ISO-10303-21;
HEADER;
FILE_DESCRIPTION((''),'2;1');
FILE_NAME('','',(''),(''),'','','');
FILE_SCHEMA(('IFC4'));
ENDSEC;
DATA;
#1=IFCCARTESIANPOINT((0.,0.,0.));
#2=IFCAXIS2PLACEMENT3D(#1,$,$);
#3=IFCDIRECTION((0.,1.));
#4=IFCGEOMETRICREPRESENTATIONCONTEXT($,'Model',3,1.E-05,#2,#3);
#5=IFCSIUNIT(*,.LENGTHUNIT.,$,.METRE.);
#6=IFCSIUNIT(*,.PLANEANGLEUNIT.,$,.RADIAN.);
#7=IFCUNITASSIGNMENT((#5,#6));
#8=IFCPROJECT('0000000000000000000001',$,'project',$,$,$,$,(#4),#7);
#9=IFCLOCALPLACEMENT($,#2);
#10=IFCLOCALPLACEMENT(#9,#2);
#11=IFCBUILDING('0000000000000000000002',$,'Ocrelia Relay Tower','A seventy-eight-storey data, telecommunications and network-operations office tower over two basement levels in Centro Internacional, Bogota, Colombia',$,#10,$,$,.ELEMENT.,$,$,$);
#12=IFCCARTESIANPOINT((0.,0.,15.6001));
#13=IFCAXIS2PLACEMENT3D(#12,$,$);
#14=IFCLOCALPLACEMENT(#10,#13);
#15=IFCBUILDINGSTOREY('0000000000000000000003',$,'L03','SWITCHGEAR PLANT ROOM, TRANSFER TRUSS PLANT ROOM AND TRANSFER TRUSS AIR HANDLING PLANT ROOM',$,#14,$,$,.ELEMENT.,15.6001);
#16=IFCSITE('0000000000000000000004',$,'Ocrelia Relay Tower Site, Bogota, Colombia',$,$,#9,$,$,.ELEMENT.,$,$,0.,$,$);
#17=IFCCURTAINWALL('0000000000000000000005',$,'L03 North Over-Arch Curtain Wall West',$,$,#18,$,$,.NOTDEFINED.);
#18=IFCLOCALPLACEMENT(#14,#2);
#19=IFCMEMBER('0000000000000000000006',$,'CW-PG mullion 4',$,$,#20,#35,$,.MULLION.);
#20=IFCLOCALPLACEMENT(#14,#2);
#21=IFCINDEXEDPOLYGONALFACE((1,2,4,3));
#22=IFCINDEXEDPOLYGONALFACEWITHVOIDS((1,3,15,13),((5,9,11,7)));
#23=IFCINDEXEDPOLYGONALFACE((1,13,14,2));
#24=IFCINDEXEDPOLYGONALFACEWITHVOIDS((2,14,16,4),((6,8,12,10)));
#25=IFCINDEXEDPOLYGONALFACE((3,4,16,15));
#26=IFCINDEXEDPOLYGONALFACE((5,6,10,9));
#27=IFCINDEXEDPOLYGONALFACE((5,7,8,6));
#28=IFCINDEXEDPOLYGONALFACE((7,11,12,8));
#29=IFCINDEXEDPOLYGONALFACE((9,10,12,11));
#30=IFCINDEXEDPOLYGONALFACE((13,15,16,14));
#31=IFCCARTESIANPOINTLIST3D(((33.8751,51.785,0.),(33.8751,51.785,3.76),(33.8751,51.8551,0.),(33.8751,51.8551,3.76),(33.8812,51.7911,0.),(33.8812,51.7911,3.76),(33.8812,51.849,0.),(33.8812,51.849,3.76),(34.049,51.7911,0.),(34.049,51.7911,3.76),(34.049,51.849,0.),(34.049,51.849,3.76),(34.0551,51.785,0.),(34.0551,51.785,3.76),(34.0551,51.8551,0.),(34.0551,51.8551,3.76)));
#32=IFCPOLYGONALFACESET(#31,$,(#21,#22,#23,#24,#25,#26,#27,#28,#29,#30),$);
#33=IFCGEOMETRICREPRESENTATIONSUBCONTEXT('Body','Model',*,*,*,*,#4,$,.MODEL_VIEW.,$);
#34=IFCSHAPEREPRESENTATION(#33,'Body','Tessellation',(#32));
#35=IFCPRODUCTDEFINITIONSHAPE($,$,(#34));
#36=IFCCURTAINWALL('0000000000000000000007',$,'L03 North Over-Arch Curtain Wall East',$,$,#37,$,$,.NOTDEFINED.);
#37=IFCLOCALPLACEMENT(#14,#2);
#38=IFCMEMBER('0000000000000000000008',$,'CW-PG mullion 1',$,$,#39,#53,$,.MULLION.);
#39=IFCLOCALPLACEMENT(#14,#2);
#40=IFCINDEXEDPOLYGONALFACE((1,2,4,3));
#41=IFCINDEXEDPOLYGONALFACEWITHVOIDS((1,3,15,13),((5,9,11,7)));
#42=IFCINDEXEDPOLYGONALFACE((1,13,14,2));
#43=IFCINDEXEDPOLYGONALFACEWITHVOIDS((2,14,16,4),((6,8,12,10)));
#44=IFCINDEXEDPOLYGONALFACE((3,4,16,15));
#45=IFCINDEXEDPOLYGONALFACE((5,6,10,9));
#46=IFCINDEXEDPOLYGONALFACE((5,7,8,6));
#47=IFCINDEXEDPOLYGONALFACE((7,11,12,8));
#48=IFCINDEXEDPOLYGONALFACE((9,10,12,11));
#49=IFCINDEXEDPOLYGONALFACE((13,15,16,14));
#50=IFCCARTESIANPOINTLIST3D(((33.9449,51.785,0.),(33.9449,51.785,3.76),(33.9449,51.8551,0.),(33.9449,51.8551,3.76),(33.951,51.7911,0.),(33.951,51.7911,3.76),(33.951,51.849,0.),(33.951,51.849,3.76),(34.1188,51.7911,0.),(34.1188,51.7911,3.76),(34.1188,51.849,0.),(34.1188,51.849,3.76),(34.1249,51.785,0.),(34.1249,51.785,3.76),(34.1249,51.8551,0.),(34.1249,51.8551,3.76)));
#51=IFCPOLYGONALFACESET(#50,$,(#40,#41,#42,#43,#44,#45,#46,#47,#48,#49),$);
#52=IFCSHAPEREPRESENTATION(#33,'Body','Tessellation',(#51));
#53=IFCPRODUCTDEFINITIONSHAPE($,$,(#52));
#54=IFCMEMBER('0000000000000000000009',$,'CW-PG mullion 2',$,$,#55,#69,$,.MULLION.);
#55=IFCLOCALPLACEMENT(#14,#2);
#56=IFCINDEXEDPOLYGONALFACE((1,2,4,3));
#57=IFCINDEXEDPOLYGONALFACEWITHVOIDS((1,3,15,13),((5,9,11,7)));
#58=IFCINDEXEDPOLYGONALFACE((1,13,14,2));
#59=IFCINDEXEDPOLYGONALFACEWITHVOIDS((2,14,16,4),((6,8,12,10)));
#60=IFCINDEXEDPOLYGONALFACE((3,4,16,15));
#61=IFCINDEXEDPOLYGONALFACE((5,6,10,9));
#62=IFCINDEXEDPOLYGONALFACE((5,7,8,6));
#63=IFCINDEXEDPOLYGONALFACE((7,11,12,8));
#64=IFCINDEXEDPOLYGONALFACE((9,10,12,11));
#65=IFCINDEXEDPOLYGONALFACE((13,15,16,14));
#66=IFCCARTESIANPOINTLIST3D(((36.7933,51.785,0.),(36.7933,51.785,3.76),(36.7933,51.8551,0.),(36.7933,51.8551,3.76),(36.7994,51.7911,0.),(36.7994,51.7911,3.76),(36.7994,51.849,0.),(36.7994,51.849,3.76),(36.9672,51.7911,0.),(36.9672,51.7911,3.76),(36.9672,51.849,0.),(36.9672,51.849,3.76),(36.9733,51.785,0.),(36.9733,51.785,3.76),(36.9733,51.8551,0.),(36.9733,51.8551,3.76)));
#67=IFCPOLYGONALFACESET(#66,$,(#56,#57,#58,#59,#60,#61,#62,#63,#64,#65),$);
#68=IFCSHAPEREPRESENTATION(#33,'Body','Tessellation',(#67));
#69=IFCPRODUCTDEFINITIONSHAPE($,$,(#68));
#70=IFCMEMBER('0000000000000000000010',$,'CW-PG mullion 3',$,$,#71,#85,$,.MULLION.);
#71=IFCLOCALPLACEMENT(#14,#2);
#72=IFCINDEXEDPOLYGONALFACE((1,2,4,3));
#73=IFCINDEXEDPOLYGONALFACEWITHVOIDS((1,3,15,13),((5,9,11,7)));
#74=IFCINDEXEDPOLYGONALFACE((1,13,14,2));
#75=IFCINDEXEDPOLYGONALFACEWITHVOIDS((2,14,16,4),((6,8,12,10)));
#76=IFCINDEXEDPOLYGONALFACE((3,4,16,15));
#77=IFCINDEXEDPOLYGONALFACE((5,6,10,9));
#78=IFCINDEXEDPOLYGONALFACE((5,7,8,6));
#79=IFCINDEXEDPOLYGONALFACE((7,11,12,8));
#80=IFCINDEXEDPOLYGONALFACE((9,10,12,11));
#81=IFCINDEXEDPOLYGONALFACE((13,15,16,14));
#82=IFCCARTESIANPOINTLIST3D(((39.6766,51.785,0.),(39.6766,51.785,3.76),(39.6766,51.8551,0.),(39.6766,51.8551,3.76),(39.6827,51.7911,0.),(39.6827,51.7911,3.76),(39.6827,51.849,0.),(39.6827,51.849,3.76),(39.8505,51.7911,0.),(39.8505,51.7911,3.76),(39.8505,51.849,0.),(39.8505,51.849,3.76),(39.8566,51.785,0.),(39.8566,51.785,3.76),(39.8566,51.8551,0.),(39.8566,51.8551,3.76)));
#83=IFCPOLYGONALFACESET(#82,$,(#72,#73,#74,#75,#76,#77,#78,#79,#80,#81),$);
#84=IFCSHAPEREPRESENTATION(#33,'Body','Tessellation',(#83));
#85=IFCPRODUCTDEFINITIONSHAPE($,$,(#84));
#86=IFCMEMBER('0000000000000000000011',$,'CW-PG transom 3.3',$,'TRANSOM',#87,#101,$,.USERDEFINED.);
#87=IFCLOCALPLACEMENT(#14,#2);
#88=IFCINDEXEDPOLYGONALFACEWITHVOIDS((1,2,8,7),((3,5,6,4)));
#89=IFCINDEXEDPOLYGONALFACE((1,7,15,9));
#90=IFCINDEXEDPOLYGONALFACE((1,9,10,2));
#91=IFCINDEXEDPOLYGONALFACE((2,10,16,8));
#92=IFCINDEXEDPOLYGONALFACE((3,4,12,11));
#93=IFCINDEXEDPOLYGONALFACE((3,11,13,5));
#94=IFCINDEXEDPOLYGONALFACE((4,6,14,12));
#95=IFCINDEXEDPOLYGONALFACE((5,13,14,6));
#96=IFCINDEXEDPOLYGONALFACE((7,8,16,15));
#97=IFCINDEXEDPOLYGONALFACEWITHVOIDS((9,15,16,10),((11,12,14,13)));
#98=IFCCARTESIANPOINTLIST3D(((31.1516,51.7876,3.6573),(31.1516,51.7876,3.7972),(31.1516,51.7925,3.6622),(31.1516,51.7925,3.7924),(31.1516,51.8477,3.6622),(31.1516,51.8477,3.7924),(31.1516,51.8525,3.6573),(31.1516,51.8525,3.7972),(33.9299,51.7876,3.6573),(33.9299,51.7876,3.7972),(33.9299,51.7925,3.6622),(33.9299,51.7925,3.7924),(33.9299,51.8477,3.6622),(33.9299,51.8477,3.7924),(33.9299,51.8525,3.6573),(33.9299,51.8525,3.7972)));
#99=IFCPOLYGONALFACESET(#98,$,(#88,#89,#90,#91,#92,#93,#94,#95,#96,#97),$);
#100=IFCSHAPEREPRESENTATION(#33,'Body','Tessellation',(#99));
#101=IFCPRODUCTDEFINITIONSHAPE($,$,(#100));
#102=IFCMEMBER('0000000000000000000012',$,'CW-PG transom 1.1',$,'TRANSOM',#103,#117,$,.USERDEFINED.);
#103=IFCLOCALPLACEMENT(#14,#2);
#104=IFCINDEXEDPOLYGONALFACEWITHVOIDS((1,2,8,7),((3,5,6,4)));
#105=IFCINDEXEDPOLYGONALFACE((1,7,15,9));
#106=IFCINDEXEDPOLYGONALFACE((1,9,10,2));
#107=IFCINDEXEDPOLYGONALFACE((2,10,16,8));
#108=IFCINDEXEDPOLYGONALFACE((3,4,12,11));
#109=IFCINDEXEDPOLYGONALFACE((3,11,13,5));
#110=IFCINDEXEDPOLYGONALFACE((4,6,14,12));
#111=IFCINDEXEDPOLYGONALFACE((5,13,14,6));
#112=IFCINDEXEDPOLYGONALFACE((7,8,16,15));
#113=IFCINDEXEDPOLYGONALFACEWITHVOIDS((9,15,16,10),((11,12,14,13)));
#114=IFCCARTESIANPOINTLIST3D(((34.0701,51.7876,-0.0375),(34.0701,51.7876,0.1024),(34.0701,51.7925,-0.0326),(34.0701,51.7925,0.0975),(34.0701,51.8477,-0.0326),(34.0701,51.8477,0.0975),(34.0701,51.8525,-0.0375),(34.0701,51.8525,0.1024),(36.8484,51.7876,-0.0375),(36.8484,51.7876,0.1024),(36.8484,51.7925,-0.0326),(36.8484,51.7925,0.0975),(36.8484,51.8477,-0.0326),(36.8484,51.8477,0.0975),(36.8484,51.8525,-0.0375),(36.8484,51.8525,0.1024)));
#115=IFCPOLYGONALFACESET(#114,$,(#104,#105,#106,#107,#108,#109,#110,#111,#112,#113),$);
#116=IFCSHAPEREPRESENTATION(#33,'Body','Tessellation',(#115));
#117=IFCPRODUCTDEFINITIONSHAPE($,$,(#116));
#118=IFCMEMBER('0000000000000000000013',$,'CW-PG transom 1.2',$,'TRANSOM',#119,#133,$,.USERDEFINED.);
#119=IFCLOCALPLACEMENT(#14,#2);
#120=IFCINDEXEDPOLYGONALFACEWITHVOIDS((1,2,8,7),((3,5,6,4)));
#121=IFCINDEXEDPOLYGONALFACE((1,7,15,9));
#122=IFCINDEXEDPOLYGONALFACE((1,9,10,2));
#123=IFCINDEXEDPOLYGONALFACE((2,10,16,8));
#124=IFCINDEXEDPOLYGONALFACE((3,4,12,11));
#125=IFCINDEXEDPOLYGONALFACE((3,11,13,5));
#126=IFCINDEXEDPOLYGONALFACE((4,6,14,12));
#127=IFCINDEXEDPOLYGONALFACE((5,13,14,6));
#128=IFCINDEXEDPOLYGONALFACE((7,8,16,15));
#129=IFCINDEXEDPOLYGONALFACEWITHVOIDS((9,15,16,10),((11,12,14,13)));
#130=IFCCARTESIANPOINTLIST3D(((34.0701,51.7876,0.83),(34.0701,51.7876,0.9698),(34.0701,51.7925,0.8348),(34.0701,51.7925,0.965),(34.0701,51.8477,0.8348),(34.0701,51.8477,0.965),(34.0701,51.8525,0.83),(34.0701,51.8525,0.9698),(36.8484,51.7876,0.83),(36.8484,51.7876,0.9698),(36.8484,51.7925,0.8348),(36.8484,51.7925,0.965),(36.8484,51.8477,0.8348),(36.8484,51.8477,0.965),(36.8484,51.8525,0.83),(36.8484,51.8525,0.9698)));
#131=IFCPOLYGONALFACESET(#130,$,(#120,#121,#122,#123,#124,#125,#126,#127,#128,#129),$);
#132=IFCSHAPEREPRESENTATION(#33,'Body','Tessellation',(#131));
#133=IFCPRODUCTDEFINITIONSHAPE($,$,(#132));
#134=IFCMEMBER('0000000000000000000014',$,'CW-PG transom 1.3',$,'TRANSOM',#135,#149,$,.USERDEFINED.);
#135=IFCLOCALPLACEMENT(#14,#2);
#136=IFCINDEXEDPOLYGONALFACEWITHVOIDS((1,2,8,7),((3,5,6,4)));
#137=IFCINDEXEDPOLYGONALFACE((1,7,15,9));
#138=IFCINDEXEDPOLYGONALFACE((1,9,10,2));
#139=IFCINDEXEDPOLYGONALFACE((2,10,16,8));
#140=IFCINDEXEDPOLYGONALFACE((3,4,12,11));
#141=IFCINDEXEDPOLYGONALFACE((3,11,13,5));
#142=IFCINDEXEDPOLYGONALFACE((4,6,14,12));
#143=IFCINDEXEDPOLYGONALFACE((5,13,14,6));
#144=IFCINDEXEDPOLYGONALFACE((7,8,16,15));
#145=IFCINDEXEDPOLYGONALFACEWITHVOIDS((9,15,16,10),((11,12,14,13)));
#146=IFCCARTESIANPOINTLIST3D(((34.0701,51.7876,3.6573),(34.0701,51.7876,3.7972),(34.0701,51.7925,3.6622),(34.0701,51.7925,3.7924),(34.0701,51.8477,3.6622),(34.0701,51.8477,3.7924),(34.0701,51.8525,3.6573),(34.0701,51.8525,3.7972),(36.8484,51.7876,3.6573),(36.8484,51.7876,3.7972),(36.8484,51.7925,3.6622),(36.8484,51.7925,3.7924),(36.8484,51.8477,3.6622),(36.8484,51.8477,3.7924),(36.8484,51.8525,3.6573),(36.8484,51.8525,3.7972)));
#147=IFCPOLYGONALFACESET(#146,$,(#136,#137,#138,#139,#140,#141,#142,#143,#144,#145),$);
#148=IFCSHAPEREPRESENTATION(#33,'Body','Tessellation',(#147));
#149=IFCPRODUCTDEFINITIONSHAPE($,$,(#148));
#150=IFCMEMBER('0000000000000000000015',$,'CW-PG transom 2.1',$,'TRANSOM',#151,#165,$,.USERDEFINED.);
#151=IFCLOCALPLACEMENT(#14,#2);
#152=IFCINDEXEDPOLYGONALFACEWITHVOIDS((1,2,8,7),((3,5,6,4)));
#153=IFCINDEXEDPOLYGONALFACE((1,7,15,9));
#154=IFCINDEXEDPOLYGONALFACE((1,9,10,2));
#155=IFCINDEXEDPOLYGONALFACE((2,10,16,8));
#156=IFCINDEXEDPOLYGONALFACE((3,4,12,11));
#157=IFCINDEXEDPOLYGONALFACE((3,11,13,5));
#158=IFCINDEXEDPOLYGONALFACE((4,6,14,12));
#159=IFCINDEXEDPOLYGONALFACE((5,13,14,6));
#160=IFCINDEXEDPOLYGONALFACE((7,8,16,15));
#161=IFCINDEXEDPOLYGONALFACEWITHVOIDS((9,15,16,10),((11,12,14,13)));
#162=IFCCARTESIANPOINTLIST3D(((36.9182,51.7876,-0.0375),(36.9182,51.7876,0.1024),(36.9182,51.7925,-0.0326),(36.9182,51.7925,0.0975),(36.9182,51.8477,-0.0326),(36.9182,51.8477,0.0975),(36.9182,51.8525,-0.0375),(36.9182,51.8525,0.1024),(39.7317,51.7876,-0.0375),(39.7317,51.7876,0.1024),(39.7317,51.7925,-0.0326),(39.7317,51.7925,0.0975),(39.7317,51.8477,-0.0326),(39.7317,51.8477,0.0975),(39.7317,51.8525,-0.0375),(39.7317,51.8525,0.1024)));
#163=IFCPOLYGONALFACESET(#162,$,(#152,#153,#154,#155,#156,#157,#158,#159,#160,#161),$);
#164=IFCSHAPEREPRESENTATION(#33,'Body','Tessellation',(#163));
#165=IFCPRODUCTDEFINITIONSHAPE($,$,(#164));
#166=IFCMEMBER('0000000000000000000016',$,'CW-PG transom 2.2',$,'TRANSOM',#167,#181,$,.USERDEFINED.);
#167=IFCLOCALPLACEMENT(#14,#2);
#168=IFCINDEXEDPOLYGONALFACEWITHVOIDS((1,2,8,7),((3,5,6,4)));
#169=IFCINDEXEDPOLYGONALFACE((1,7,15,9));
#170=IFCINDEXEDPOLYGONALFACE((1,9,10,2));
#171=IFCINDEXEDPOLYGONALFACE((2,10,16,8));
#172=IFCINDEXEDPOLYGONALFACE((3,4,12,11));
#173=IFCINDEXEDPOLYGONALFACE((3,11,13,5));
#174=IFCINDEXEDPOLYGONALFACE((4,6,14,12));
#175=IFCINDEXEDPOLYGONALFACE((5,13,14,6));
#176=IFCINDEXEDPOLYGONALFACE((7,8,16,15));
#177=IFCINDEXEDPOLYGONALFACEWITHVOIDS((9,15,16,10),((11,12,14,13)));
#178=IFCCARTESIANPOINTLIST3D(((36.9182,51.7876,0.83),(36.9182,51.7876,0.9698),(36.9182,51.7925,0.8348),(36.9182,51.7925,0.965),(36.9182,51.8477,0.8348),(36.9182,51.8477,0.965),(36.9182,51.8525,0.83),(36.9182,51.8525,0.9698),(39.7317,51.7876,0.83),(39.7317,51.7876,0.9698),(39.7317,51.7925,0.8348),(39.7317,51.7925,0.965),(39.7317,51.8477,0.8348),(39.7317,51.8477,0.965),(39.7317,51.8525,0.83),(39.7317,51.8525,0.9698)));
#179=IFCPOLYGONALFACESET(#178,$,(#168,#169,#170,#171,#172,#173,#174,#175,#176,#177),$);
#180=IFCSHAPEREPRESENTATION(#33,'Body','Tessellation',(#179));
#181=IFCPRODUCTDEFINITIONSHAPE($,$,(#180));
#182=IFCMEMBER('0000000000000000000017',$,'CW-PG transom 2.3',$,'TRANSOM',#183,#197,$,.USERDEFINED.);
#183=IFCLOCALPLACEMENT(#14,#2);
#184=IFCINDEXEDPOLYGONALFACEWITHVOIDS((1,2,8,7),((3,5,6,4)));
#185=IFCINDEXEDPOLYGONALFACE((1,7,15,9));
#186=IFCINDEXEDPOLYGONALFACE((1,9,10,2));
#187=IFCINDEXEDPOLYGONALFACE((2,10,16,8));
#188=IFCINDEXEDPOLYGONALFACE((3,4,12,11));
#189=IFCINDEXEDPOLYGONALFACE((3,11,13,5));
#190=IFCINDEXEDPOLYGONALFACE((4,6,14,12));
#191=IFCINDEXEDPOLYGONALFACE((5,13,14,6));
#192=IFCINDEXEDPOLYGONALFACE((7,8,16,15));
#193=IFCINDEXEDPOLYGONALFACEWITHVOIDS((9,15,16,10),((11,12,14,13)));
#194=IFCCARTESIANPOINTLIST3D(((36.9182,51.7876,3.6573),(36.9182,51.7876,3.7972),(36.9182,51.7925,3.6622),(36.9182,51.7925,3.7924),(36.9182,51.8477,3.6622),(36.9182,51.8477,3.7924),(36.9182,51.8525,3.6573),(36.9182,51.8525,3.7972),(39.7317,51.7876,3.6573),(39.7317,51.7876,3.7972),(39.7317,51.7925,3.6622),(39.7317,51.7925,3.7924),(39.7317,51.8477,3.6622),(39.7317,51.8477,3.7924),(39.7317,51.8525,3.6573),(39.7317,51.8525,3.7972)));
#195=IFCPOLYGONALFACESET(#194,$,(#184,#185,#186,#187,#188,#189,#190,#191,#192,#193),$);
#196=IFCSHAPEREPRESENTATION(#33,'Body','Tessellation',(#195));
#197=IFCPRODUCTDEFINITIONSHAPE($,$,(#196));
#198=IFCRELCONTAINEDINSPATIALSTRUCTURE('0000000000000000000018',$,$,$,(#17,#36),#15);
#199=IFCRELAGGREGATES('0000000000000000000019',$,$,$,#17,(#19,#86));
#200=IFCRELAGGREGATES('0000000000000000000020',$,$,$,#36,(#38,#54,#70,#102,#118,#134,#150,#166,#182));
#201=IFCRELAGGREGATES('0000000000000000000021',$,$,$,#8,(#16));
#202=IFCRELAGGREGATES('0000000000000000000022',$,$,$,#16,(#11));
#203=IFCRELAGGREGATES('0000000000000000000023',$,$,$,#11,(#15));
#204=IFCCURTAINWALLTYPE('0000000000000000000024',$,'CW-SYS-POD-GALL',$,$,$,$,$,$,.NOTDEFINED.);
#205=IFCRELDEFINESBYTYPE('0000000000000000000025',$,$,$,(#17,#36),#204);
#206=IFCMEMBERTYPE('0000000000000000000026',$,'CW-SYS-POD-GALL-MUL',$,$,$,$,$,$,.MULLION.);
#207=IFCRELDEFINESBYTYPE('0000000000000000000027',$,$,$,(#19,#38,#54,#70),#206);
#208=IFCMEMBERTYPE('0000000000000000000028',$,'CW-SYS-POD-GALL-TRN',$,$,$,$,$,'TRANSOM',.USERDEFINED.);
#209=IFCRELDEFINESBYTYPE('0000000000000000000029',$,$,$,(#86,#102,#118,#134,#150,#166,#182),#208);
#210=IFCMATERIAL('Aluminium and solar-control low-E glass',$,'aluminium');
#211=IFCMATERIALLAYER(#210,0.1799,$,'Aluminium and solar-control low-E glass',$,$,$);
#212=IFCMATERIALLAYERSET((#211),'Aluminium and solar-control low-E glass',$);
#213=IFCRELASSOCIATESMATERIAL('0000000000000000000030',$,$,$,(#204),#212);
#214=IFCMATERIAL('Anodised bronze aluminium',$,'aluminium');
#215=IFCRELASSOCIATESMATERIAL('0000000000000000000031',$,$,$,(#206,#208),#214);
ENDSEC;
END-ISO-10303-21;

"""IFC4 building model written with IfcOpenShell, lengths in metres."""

from ifc_helpers import new_model, si_unit, direction, frame, origin, origin_2d, place, context, subcontext, project, spatial, hollow_rectangle, extrude, material, layer, layer_set, material_profile, profile_set, type_object, element, aggregate, save


model = new_model("IFC4")

# Units and contexts
model_context = context("Model", 3, precision=1e-05, world=origin(), true_north=direction((0.0, 1.0)))
body_context = subcontext(model_context, "Body", "Model", "MODEL_VIEW")
ifc_project = project(units=[si_unit("LENGTHUNIT", "METRE"), si_unit("PLANEANGLEUNIT", "RADIAN")], contexts=[model_context])

# Site, building, storey
site_placement = place(None, origin())
site = spatial("IfcSite", under=ifc_project, at=site_placement, Name="Ocrelia Relay Tower Site, Bogota, Colombia", CompositionType="ELEMENT", RefElevation=0.0)
building_placement = place(site_placement, origin())
building = spatial("IfcBuilding", under=site, at=building_placement, Name="Ocrelia Relay Tower", Description="A seventy-eight-storey data, telecommunications and network-operations office tower over two basement levels in Centro Internacional, Bogota, Colombia", CompositionType="ELEMENT")
storey_placement = place(building_placement, frame((0.0, 0.0, 15.6001)))
storey = spatial("IfcBuildingStorey", under=building, at=storey_placement, Name="L03", Description="SWITCHGEAR PLANT ROOM, TRANSFER TRUSS PLANT ROOM AND TRANSFER TRUSS AIR HANDLING PLANT ROOM", CompositionType="ELEMENT", Elevation=15.6001)

# Curtain wall, member
ifc_material_1 = material(Name="Aluminium and solar-control low-E glass", Category="aluminium")
ifc_layer_1 = layer(ifc_material_1, 0.1799, Name="Aluminium and solar-control low-E glass")
ifc_layer_set_1 = layer_set([ifc_layer_1], Name="Aluminium and solar-control low-E glass")
curtain_wall_type = type_object("IfcCurtainWallType", Name="CW-SYS-POD-GALL", PredefinedType="NOTDEFINED", material=ifc_layer_set_1)
curtain_wall_1_placement = place(storey_placement, origin())
curtain_wall_1 = element("IfcCurtainWall", 1, at=curtain_wall_1_placement, inside=storey, type_object=curtain_wall_type, Name="L03 North Over-Arch Curtain Wall West", PredefinedType="NOTDEFINED")
ifc_material_2 = material(Name="Anodised bronze aluminium", Category="aluminium")
ifc_material_profile_1 = material_profile(ifc_material_2, hollow_rectangle(XDim=0.0701, YDim=0.1799, WallThickness=0.0061, at=origin_2d()), Name="CW-MUL-180x70")
ifc_profile_set_1 = profile_set([ifc_material_profile_1], Name="Anodised bronze aluminium")
member_type_1 = type_object("IfcMemberType", Name="CW-SYS-POD-GALL-MUL", PredefinedType="MULLION", material=ifc_profile_set_1)
member_1_placement = place(storey_placement, frame((33.9651, 51.8201, 0.0), z_axis=(0.0, 0.0, 1.0), x_axis=(0.0, 1.0, 0.0)))
member_1 = element("IfcMember", 2, at=member_1_placement, type_object=member_type_1, Name="CW-PG mullion 4", PredefinedType="MULLION", context=body_context, shape_type="SweptSolid", body=[
    extrude(hollow_rectangle(XDim=0.0701, YDim=0.1799, WallThickness=0.0061, at=origin_2d()), origin(), (0.0, 0.0, 1.0), 3.76),
])

# Curtain wall, members
curtain_wall_2_placement = place(storey_placement, origin())
curtain_wall_2 = element("IfcCurtainWall", 3, at=curtain_wall_2_placement, inside=storey, type_object=curtain_wall_type, Name="L03 North Over-Arch Curtain Wall East", PredefinedType="NOTDEFINED")
member_2_placement = place(storey_placement, frame((34.0349, 51.8201, 0.0), z_axis=(0.0, 0.0, 1.0), x_axis=(0.0, 1.0, 0.0)))
member_2 = element("IfcMember", 4, at=member_2_placement, type_object=member_type_1, Name="CW-PG mullion 1", PredefinedType="MULLION", context=body_context, shape_type="SweptSolid", body=[
    extrude(hollow_rectangle(XDim=0.0701, YDim=0.1799, WallThickness=0.0061, at=origin_2d()), origin(), (0.0, 0.0, 1.0), 3.76),
])
member_3_placement = place(storey_placement, frame((36.8833, 51.8201, 0.0), z_axis=(0.0, 0.0, 1.0), x_axis=(0.0, 1.0, 0.0)))
member_3 = element("IfcMember", 5, at=member_3_placement, type_object=member_type_1, Name="CW-PG mullion 2", PredefinedType="MULLION", context=body_context, shape_type="SweptSolid", body=[
    extrude(hollow_rectangle(XDim=0.0701, YDim=0.1799, WallThickness=0.0061, at=origin_2d()), origin(), (0.0, 0.0, 1.0), 3.76),
])
member_4_placement = place(storey_placement, frame((39.7666, 51.8201, 0.0), z_axis=(0.0, 0.0, 1.0), x_axis=(0.0, 1.0, 0.0)))
member_4 = element("IfcMember", 6, at=member_4_placement, type_object=member_type_1, Name="CW-PG mullion 3", PredefinedType="MULLION", context=body_context, shape_type="SweptSolid", body=[
    extrude(hollow_rectangle(XDim=0.0701, YDim=0.1799, WallThickness=0.0061, at=origin_2d()), origin(), (0.0, 0.0, 1.0), 3.76),
])

# Members
ifc_material_profile_2 = material_profile(ifc_material_2, hollow_rectangle(XDim=0.0649, YDim=0.1399, WallThickness=0.0049, at=origin_2d()), Name="CW-TRN-140x65")
ifc_profile_set_2 = profile_set([ifc_material_profile_2], Name="Anodised bronze aluminium")
member_type_2 = type_object("IfcMemberType", Name="CW-SYS-POD-GALL-TRN", ElementType="TRANSOM", PredefinedType="USERDEFINED", material=ifc_profile_set_2)
member_5_placement = place(storey_placement, frame((31.1516, 51.8201, 3.7273), z_axis=(1.0, 0.0, 0.0), x_axis=(0.0, 1.0, 0.0)))
member_5 = element("IfcMember", 7, at=member_5_placement, type_object=member_type_2, Name="CW-PG transom 3.3", ObjectType="TRANSOM", PredefinedType="USERDEFINED", context=body_context, shape_type="SweptSolid", body=[
    extrude(hollow_rectangle(XDim=0.0649, YDim=0.1399, WallThickness=0.0049, at=origin_2d()), origin(), (0.0, 0.0, 1.0), 2.7783),
])
member_6_placement = place(storey_placement, frame((34.0701, 51.8201, 0.0325), z_axis=(1.0, 0.0, 0.0), x_axis=(0.0, 1.0, 0.0)))
member_6 = element("IfcMember", 8, at=member_6_placement, type_object=member_type_2, Name="CW-PG transom 1.1", ObjectType="TRANSOM", PredefinedType="USERDEFINED", context=body_context, shape_type="SweptSolid", body=[
    extrude(hollow_rectangle(XDim=0.0649, YDim=0.1399, WallThickness=0.0049, at=origin_2d()), origin(), (0.0, 0.0, 1.0), 2.7783),
])
member_7_placement = place(storey_placement, frame((34.0701, 51.8201, 0.8999), z_axis=(1.0, 0.0, 0.0), x_axis=(0.0, 1.0, 0.0)))
member_7 = element("IfcMember", 9, at=member_7_placement, type_object=member_type_2, Name="CW-PG transom 1.2", ObjectType="TRANSOM", PredefinedType="USERDEFINED", context=body_context, shape_type="SweptSolid", body=[
    extrude(hollow_rectangle(XDim=0.0649, YDim=0.1399, WallThickness=0.0049, at=origin_2d()), origin(), (0.0, 0.0, 1.0), 2.7783),
])
member_8_placement = place(storey_placement, frame((34.0701, 51.8201, 3.7273), z_axis=(1.0, 0.0, 0.0), x_axis=(0.0, 1.0, 0.0)))
member_8 = element("IfcMember", 10, at=member_8_placement, type_object=member_type_2, Name="CW-PG transom 1.3", ObjectType="TRANSOM", PredefinedType="USERDEFINED", context=body_context, shape_type="SweptSolid", body=[
    extrude(hollow_rectangle(XDim=0.0649, YDim=0.1399, WallThickness=0.0049, at=origin_2d()), origin(), (0.0, 0.0, 1.0), 2.7783),
])
member_9_placement = place(storey_placement, frame((36.9182, 51.8201, 0.0325), z_axis=(1.0, 0.0, 0.0), x_axis=(0.0, 1.0, 0.0)))
member_9 = element("IfcMember", 11, at=member_9_placement, type_object=member_type_2, Name="CW-PG transom 2.1", ObjectType="TRANSOM", PredefinedType="USERDEFINED", context=body_context, shape_type="SweptSolid", body=[
    extrude(hollow_rectangle(XDim=0.0649, YDim=0.1399, WallThickness=0.0049, at=origin_2d()), origin(), (0.0, 0.0, 1.0), 2.8135),
])
member_10_placement = place(storey_placement, frame((36.9182, 51.8201, 0.8999), z_axis=(1.0, 0.0, 0.0), x_axis=(0.0, 1.0, 0.0)))
member_10 = element("IfcMember", 12, at=member_10_placement, type_object=member_type_2, Name="CW-PG transom 2.2", ObjectType="TRANSOM", PredefinedType="USERDEFINED", context=body_context, shape_type="SweptSolid", body=[
    extrude(hollow_rectangle(XDim=0.0649, YDim=0.1399, WallThickness=0.0049, at=origin_2d()), origin(), (0.0, 0.0, 1.0), 2.8135),
])
member_11_placement = place(storey_placement, frame((36.9182, 51.8201, 3.7273), z_axis=(1.0, 0.0, 0.0), x_axis=(0.0, 1.0, 0.0)))
member_11 = element("IfcMember", 13, at=member_11_placement, type_object=member_type_2, Name="CW-PG transom 2.3", ObjectType="TRANSOM", PredefinedType="USERDEFINED", context=body_context, shape_type="SweptSolid", body=[
    extrude(hollow_rectangle(XDim=0.0649, YDim=0.1399, WallThickness=0.0049, at=origin_2d()), origin(), (0.0, 0.0, 1.0), 2.8135),
])

aggregate(curtain_wall_1, [member_1, member_5])
aggregate(curtain_wall_2, [member_2, member_3, member_4, member_6, member_7, member_8, member_9, member_10, member_11])

save(model, "model.ifc")
